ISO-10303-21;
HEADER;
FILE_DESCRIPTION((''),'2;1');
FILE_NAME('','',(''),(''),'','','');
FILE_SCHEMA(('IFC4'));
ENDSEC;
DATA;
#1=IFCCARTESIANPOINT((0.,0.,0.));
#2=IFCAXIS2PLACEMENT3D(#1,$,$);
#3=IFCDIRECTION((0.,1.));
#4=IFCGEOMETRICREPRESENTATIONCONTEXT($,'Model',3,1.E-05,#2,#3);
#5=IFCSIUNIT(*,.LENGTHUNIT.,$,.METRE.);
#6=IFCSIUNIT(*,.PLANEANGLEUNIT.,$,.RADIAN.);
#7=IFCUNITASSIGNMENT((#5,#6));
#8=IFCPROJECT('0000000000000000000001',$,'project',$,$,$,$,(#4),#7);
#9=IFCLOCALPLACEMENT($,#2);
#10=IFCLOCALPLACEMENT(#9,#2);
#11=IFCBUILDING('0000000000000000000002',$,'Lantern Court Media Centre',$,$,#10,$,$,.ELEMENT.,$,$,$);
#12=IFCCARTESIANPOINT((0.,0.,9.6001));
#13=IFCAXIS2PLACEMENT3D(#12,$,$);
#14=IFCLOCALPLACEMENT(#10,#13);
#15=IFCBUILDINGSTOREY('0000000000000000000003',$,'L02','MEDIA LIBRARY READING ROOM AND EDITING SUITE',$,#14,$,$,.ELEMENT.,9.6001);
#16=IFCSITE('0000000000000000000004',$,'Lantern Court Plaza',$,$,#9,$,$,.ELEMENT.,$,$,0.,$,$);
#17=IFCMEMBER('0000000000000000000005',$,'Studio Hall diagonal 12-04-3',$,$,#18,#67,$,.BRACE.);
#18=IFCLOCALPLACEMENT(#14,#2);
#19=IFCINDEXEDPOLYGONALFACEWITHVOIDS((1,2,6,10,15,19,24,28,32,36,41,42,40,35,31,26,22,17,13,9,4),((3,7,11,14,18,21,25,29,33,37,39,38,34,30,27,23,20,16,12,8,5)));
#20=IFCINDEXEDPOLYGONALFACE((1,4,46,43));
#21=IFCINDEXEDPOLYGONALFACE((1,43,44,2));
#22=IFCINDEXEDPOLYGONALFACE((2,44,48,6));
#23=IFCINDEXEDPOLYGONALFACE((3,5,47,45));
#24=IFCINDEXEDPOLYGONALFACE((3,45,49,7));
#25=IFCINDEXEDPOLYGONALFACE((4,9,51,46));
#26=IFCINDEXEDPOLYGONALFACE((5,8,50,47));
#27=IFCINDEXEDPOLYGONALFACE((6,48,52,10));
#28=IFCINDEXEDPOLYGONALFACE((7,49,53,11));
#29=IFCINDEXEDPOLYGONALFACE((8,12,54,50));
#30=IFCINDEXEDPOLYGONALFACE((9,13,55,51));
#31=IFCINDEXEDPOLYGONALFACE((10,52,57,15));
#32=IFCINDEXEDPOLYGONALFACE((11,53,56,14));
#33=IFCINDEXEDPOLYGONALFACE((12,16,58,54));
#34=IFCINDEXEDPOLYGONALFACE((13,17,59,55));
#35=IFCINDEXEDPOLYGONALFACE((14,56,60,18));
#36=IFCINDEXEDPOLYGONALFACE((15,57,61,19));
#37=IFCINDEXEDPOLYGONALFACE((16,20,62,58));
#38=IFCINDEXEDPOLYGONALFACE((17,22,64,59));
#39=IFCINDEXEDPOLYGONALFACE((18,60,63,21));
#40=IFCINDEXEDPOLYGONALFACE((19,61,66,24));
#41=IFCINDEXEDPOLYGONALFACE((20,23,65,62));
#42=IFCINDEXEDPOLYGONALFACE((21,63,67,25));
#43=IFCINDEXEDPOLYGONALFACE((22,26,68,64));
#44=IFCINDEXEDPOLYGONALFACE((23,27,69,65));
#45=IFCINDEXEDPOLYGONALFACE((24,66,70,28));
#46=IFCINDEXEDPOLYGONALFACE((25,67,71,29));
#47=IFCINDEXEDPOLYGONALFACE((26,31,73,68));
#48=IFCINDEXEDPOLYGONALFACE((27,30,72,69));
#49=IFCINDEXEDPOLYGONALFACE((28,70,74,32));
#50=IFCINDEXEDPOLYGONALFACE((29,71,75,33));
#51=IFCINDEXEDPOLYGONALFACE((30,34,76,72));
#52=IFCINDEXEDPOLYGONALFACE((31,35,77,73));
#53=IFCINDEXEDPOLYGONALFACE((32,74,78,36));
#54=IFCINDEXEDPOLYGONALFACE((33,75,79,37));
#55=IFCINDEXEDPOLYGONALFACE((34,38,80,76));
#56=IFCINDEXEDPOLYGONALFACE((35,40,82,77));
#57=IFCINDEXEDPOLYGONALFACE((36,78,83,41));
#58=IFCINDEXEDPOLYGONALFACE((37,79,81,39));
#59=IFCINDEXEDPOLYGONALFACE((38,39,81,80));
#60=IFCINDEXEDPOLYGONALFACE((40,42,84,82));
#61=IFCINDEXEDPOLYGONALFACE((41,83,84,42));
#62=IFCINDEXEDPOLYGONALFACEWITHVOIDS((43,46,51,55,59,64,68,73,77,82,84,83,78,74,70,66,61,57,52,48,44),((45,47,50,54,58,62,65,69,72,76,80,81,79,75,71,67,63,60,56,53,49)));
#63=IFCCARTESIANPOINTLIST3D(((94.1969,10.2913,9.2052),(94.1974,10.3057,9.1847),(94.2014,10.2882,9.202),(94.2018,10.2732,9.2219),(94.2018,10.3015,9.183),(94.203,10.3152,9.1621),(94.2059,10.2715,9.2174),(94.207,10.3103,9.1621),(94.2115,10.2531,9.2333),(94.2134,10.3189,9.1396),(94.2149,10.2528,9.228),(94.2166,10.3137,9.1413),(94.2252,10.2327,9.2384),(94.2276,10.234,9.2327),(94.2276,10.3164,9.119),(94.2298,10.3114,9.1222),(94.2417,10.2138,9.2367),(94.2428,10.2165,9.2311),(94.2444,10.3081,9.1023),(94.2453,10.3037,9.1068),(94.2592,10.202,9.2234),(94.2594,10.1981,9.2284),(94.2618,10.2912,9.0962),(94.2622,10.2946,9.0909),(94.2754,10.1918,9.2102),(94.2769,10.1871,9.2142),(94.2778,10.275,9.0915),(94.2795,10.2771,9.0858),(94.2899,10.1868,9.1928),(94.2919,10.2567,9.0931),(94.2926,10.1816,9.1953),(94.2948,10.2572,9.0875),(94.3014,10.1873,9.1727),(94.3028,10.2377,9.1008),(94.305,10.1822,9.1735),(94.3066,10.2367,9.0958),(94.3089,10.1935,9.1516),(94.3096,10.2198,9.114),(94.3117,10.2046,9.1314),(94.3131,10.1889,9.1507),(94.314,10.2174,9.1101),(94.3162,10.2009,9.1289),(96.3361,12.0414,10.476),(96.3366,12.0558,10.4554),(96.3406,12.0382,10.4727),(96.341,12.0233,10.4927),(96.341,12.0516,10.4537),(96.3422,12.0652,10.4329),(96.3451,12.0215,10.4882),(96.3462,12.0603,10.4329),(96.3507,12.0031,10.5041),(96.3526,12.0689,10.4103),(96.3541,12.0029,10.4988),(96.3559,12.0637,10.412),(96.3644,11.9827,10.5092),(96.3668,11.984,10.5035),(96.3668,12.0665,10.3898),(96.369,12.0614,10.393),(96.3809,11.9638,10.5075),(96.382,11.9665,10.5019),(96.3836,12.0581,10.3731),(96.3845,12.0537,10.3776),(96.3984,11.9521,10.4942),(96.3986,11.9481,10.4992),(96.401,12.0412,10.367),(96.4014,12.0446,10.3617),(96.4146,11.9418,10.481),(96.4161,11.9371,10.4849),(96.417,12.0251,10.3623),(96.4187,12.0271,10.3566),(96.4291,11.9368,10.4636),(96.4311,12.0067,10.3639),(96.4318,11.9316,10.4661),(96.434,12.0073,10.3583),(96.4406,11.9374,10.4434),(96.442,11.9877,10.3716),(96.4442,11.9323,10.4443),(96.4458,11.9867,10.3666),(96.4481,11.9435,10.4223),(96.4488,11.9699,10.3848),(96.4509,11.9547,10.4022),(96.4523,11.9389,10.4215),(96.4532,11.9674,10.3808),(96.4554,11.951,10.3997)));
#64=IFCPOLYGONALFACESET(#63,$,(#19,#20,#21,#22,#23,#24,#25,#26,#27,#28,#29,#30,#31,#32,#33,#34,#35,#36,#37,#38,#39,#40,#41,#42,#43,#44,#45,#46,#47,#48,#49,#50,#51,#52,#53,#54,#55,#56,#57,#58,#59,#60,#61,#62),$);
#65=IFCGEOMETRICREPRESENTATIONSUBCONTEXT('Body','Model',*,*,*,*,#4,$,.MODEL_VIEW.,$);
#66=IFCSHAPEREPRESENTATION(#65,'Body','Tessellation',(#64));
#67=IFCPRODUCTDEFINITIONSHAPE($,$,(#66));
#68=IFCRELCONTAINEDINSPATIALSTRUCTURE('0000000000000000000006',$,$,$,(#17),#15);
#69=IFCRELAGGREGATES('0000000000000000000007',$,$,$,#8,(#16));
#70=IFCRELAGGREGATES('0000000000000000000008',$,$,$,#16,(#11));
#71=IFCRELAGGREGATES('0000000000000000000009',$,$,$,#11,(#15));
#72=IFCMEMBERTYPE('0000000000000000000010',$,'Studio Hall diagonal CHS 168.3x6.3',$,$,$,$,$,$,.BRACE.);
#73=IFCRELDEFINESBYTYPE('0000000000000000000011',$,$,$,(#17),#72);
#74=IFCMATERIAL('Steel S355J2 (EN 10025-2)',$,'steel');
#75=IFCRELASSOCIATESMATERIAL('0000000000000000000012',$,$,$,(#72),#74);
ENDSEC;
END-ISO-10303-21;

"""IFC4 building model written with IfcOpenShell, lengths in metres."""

from ifc_helpers import new_model, si_unit, direction, frame, origin, origin_2d, place, context, subcontext, project, spatial, hollow_circle, extrude, material, material_profile, profile_set, type_object, element, save


model = new_model("IFC4")

# Units and contexts
model_context = context("Model", 3, precision=1e-05, world=origin(), true_north=direction((0.0, 1.0)))
body_context = subcontext(model_context, "Body", "Model", "MODEL_VIEW")
ifc_project = project(units=[si_unit("LENGTHUNIT", "METRE"), si_unit("PLANEANGLEUNIT", "RADIAN")], contexts=[model_context])

# Site, building, storey
site_placement = place(None, origin())
site = spatial("IfcSite", under=ifc_project, at=site_placement, Name="Lantern Court Plaza", CompositionType="ELEMENT", RefElevation=0.0)
building_placement = place(site_placement, origin())
building = spatial("IfcBuilding", under=site, at=building_placement, Name="Lantern Court Media Centre", CompositionType="ELEMENT")
storey_placement = place(building_placement, frame((0.0, 0.0, 9.6001)))
storey = spatial("IfcBuildingStorey", under=building, at=storey_placement, Name="L02", Description="MEDIA LIBRARY READING ROOM AND EDITING SUITE", CompositionType="ELEMENT", Elevation=9.6001)

# Member
ifc_material_1 = material(Name="Steel S355J2 (EN 10025-2)", Category="steel")
ifc_material_profile_1 = material_profile(ifc_material_1, hollow_circle(Radius=0.0842, WallThickness=0.0063, at=origin_2d()), Name="Studio Hall diagonal CHS 168.3x6.3")
ifc_profile_set_1 = profile_set([ifc_material_profile_1], Name="Steel S355J2 (EN 10025-2)")
member_type_1 = type_object("IfcMemberType", Name="Studio Hall diagonal CHS 168.3x6.3", PredefinedType="BRACE", material=ifc_profile_set_1)
for number, where, z_axis, x_axis, name in (
    (1, (94.2563, 10.25, 9.1621), (0.703225, 0.575293, 0.417746), (-0.63319, 0.773997, 0.0), "Studio Hall diagonal 12-04-3"),
):
    element("IfcMember", number, at=place(storey_placement, frame(where, z_axis=z_axis, x_axis=x_axis)), inside=storey, type_object=member_type_1, Name=name, PredefinedType="BRACE", context=body_context, shape_type="SweptSolid", body=[
        extrude(hollow_circle(Radius=0.0842, WallThickness=0.0063, at=origin_2d()), origin(), (0.0, 0.0, 1.0), 3.042),
    ])

save(model, "model.ifc")
